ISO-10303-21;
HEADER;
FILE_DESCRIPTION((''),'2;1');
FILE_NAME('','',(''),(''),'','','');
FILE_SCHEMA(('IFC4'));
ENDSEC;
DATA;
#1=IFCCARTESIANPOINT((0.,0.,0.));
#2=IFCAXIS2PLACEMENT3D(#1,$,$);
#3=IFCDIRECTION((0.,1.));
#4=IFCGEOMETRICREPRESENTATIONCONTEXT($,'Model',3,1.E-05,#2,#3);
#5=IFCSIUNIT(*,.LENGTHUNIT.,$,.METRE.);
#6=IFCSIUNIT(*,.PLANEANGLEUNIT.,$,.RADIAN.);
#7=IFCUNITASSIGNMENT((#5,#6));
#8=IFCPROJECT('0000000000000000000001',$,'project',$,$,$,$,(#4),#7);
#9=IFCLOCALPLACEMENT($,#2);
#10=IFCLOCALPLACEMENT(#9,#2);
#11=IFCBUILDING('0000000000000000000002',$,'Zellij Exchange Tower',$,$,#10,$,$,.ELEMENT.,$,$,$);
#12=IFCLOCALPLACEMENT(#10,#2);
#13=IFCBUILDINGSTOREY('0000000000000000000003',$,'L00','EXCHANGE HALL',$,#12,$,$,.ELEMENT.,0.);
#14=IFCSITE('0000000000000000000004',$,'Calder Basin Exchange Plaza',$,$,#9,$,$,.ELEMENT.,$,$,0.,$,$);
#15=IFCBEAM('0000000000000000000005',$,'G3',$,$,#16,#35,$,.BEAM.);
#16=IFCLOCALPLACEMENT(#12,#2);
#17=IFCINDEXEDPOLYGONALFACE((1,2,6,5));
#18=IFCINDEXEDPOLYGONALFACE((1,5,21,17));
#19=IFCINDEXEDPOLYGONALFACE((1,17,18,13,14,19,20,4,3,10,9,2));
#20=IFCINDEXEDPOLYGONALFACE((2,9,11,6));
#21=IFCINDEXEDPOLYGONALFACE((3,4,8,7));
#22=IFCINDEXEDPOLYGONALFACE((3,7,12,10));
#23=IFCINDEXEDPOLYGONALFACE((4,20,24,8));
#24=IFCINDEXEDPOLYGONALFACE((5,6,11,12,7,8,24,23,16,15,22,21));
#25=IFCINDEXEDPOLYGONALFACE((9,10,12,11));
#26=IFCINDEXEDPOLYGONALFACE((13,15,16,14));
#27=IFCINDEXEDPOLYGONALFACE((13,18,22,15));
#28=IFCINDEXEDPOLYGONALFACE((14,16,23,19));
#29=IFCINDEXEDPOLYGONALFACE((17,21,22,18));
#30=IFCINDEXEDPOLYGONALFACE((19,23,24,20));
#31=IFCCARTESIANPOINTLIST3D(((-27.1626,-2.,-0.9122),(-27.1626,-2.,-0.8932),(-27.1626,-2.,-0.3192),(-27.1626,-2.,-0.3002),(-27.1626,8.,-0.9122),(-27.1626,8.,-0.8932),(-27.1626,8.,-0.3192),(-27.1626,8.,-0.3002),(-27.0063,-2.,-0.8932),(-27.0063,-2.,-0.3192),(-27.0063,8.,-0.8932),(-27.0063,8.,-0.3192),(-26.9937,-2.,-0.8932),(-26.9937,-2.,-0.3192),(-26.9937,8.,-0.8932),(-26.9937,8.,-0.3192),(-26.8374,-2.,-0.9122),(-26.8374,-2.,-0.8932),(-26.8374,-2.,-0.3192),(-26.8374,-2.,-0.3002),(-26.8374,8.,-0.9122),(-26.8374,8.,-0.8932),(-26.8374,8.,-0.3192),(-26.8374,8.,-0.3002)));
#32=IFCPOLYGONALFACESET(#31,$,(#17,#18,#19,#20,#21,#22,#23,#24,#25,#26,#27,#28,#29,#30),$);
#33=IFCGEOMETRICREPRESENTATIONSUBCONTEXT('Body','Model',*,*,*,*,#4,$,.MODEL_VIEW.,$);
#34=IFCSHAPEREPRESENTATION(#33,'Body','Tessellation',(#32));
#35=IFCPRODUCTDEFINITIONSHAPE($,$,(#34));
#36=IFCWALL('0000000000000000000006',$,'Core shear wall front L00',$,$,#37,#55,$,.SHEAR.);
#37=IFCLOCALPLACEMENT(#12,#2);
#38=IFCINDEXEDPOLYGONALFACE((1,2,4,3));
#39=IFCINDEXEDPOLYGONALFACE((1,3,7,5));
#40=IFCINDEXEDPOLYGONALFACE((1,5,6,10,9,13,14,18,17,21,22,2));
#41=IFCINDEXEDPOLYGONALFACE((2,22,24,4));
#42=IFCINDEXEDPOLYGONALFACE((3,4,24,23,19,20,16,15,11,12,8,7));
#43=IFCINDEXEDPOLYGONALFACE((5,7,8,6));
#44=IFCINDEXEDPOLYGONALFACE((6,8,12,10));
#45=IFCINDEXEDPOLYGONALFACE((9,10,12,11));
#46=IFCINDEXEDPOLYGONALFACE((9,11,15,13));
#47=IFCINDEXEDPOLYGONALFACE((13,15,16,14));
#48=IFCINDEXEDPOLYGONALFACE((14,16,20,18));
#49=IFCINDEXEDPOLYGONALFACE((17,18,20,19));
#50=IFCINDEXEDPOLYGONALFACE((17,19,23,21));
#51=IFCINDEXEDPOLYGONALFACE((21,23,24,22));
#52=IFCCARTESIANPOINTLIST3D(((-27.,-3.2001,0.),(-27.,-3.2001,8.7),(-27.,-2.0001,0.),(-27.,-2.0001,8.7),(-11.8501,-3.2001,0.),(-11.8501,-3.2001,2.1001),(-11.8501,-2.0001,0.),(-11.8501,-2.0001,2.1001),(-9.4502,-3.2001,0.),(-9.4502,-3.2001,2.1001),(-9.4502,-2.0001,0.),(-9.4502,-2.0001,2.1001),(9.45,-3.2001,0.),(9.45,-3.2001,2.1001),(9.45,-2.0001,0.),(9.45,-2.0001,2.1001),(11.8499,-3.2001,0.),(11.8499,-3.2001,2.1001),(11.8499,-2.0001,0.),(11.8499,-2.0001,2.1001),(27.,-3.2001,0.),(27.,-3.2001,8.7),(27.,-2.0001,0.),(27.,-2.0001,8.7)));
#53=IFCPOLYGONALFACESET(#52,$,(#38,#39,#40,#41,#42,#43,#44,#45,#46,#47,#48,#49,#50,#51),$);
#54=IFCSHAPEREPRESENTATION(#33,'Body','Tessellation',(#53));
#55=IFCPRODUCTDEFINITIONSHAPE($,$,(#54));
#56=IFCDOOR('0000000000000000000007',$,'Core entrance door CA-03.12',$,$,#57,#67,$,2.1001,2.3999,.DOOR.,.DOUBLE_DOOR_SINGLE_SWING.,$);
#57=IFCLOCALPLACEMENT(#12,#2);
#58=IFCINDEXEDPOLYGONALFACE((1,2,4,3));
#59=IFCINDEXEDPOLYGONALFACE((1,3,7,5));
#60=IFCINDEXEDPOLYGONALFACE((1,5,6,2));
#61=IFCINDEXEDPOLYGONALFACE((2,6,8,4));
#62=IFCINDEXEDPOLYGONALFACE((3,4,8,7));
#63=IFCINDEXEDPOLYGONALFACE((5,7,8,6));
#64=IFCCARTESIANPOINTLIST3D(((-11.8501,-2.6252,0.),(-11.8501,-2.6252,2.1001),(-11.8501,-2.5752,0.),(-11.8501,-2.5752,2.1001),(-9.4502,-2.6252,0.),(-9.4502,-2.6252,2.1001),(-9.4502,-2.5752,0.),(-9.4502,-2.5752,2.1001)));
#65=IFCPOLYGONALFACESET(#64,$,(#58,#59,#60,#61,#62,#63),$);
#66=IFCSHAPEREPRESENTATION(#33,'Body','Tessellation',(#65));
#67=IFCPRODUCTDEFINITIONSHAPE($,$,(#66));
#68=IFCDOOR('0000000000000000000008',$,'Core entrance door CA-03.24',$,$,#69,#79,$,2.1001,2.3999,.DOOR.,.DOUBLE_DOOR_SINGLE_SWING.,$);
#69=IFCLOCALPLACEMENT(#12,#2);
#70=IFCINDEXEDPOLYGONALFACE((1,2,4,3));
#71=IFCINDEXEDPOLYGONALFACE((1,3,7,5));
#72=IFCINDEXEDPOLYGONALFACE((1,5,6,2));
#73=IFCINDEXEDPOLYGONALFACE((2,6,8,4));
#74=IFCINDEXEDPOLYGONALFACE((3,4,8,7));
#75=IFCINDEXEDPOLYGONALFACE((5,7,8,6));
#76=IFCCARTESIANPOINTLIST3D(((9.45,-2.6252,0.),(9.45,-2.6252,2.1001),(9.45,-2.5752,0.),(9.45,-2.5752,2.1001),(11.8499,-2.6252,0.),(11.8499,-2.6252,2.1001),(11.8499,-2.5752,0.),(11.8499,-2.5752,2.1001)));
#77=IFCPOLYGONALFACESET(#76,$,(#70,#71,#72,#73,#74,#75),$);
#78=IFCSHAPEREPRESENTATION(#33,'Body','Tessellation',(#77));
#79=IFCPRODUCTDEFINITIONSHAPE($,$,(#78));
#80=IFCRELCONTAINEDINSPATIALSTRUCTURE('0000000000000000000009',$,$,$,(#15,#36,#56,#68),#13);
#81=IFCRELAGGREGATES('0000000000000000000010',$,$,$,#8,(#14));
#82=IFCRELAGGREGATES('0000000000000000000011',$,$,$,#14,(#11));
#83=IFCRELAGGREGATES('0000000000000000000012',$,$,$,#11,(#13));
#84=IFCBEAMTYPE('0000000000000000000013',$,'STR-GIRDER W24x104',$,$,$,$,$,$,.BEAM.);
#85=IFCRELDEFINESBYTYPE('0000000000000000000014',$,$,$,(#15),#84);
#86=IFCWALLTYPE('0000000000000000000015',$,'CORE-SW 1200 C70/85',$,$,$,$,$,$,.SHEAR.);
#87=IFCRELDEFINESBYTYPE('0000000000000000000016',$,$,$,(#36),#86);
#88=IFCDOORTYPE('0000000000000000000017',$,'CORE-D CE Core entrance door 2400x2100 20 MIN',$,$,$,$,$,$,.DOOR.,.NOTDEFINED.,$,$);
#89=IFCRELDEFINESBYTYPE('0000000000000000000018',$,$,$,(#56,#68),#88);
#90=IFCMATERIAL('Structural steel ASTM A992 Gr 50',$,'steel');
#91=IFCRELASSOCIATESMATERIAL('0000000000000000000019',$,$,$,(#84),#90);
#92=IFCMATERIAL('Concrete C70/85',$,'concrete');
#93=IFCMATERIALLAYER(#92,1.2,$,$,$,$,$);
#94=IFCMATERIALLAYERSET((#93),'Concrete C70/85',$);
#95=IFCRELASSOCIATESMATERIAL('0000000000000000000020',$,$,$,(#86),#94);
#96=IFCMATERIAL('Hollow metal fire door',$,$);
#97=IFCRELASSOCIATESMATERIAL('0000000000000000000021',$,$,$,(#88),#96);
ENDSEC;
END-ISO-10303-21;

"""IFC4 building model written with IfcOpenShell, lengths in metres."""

from ifc_helpers import new_model, si_unit, direction, frame, frame_2d, origin, origin_2d, place, context, subcontext, project, spatial, rectangle, i_section, extrude, material, layer, layer_set, material_profile, profile_set, type_object, element, fill, save


model = new_model("IFC4")

# Units and contexts
model_context = context("Model", 3, precision=1e-05, world=origin(), true_north=direction((0.0, 1.0)))
body_context = subcontext(model_context, "Body", "Model", "MODEL_VIEW")
ifc_project = project(units=[si_unit("LENGTHUNIT", "METRE"), si_unit("PLANEANGLEUNIT", "RADIAN")], contexts=[model_context])

# Site, building, storey
site_placement = place(None, origin())
site = spatial("IfcSite", under=ifc_project, at=site_placement, Name="Calder Basin Exchange Plaza", CompositionType="ELEMENT", RefElevation=0.0)
building_placement = place(site_placement, origin())
building = spatial("IfcBuilding", under=site, at=building_placement, Name="Zellij Exchange Tower", CompositionType="ELEMENT")
storey_placement = place(building_placement, origin())
storey = spatial("IfcBuildingStorey", under=building, at=storey_placement, Name="L00", Description="EXCHANGE HALL", CompositionType="ELEMENT", Elevation=0.0)

# Shared definitions
ifc_material_1 = material(Name="Concrete C70/85", Category="concrete")

# Beam
ifc_material_2 = material(Name="Structural steel ASTM A992 Gr 50", Category="steel")
ifc_material_profile_1 = material_profile(ifc_material_2, i_section(OverallWidth=0.3252, OverallDepth=0.6121, WebThickness=0.0127, FlangeThickness=0.019, at=origin_2d()), Name="W24x104")
ifc_profile_set_1 = profile_set([ifc_material_profile_1], Name="Structural steel ASTM A992 Gr 50")
beam_type_1 = type_object("IfcBeamType", Name="STR-GIRDER W24x104", PredefinedType="BEAM", material=ifc_profile_set_1)
beam_1_placement = place(storey_placement, frame((-27.0, -2.0, -0.6062), z_axis=(0.0, 1.0, 0.0), x_axis=(-1.0, 0.0, 0.0)))
element("IfcBeam", 1, at=beam_1_placement, inside=storey, type_object=beam_type_1, Name="G3", PredefinedType="BEAM", context=body_context, shape_type="SweptSolid", body=[
    extrude(i_section(OverallWidth=0.3252, OverallDepth=0.6121, WebThickness=0.0127, FlangeThickness=0.019, at=origin_2d()), origin(), (0.0, 0.0, 1.0), 10.0),
])

# Wall, openings, doors
ifc_layer_1 = layer(ifc_material_1, 1.2)
ifc_layer_set_1 = layer_set([ifc_layer_1], Name="Concrete C70/85")
wall_type_1 = type_object("IfcWallType", Name="CORE-SW 1200 C70/85", PredefinedType="SHEAR", material=ifc_layer_set_1)
wall_1_placement = place(storey_placement, frame((-27.0, -2.6001, 0.0), z_axis=(0.0, 0.0, 1.0), x_axis=(1.0, 0.0, 0.0)))
wall_1 = element("IfcWall", 2, at=wall_1_placement, inside=storey, type_object=wall_type_1, Name="Core shear wall front L00", PredefinedType="SHEAR", context=body_context, shape_type="SweptSolid", body=[
    extrude(rectangle(XDim=54.0, YDim=1.2, at=frame_2d((27.0, 0.0))), origin(), (0.0, 0.0, 1.0), 8.7),
])
opening_1_placement = place(wall_1_placement, frame((15.1499, 0.0, 0.0)))
opening_1 = element("IfcOpeningElement", 3, at=opening_1_placement, cuts=wall_1, PredefinedType="OPENING", context=body_context, shape_type="SweptSolid", body=[
    extrude(rectangle(XDim=2.3999, YDim=2.1001, at=frame_2d((1.2, 1.05))), frame((0.0, 0.6118, 0.0), z_axis=(0.0, -1.0, 0.0), x_axis=(1.0, 0.0, 0.0)), (0.0, 0.0, 1.0), 1.2239),
])
opening_2_placement = place(wall_1_placement, frame((36.45, 0.0, 0.0)))
opening_2 = element("IfcOpeningElement", 4, at=opening_2_placement, cuts=wall_1, PredefinedType="OPENING", context=body_context, shape_type="SweptSolid", body=[
    extrude(rectangle(XDim=2.3999, YDim=2.1001, at=frame_2d((1.2, 1.05))), frame((0.0, 0.6118, 0.0), z_axis=(0.0, -1.0, 0.0), x_axis=(1.0, 0.0, 0.0)), (0.0, 0.0, 1.0), 1.2239),
])
ifc_material_3 = material(Name="Hollow metal fire door")
door_type_1 = type_object("IfcDoorType", Name="CORE-D CE Core entrance door 2400x2100 20 MIN", OperationType="NOTDEFINED", PredefinedType="DOOR", material=ifc_material_3)
door_1_placement = place(opening_1_placement, origin())
door_1 = element("IfcDoor", 5, at=door_1_placement, inside=storey, type_object=door_type_1, Name="Core entrance door CA-03.12", OperationType="DOUBLE_DOOR_SINGLE_SWING", OverallHeight=2.1001, OverallWidth=2.3999, PredefinedType="DOOR", context=body_context, shape_type="SweptSolid", body=[
    extrude(rectangle(XDim=2.3999, YDim=2.1001, at=frame_2d((1.2, 1.05))), frame((0.0, 0.0249, 0.0), z_axis=(0.0, -1.0, 0.0), x_axis=(1.0, 0.0, 0.0)), (0.0, 0.0, 1.0), 0.05),
])
fill(opening_1, door_1)
door_2_placement = place(opening_2_placement, origin())
door_2 = element("IfcDoor", 6, at=door_2_placement, inside=storey, type_object=door_type_1, Name="Core entrance door CA-03.24", OperationType="DOUBLE_DOOR_SINGLE_SWING", OverallHeight=2.1001, OverallWidth=2.3999, PredefinedType="DOOR", context=body_context, shape_type="SweptSolid", body=[
    extrude(rectangle(XDim=2.3999, YDim=2.1001, at=frame_2d((1.2, 1.05))), frame((0.0, 0.0249, 0.0), z_axis=(0.0, -1.0, 0.0), x_axis=(1.0, 0.0, 0.0)), (0.0, 0.0, 1.0), 0.05),
])
fill(opening_2, door_2)

save(model, "model.ifc")
